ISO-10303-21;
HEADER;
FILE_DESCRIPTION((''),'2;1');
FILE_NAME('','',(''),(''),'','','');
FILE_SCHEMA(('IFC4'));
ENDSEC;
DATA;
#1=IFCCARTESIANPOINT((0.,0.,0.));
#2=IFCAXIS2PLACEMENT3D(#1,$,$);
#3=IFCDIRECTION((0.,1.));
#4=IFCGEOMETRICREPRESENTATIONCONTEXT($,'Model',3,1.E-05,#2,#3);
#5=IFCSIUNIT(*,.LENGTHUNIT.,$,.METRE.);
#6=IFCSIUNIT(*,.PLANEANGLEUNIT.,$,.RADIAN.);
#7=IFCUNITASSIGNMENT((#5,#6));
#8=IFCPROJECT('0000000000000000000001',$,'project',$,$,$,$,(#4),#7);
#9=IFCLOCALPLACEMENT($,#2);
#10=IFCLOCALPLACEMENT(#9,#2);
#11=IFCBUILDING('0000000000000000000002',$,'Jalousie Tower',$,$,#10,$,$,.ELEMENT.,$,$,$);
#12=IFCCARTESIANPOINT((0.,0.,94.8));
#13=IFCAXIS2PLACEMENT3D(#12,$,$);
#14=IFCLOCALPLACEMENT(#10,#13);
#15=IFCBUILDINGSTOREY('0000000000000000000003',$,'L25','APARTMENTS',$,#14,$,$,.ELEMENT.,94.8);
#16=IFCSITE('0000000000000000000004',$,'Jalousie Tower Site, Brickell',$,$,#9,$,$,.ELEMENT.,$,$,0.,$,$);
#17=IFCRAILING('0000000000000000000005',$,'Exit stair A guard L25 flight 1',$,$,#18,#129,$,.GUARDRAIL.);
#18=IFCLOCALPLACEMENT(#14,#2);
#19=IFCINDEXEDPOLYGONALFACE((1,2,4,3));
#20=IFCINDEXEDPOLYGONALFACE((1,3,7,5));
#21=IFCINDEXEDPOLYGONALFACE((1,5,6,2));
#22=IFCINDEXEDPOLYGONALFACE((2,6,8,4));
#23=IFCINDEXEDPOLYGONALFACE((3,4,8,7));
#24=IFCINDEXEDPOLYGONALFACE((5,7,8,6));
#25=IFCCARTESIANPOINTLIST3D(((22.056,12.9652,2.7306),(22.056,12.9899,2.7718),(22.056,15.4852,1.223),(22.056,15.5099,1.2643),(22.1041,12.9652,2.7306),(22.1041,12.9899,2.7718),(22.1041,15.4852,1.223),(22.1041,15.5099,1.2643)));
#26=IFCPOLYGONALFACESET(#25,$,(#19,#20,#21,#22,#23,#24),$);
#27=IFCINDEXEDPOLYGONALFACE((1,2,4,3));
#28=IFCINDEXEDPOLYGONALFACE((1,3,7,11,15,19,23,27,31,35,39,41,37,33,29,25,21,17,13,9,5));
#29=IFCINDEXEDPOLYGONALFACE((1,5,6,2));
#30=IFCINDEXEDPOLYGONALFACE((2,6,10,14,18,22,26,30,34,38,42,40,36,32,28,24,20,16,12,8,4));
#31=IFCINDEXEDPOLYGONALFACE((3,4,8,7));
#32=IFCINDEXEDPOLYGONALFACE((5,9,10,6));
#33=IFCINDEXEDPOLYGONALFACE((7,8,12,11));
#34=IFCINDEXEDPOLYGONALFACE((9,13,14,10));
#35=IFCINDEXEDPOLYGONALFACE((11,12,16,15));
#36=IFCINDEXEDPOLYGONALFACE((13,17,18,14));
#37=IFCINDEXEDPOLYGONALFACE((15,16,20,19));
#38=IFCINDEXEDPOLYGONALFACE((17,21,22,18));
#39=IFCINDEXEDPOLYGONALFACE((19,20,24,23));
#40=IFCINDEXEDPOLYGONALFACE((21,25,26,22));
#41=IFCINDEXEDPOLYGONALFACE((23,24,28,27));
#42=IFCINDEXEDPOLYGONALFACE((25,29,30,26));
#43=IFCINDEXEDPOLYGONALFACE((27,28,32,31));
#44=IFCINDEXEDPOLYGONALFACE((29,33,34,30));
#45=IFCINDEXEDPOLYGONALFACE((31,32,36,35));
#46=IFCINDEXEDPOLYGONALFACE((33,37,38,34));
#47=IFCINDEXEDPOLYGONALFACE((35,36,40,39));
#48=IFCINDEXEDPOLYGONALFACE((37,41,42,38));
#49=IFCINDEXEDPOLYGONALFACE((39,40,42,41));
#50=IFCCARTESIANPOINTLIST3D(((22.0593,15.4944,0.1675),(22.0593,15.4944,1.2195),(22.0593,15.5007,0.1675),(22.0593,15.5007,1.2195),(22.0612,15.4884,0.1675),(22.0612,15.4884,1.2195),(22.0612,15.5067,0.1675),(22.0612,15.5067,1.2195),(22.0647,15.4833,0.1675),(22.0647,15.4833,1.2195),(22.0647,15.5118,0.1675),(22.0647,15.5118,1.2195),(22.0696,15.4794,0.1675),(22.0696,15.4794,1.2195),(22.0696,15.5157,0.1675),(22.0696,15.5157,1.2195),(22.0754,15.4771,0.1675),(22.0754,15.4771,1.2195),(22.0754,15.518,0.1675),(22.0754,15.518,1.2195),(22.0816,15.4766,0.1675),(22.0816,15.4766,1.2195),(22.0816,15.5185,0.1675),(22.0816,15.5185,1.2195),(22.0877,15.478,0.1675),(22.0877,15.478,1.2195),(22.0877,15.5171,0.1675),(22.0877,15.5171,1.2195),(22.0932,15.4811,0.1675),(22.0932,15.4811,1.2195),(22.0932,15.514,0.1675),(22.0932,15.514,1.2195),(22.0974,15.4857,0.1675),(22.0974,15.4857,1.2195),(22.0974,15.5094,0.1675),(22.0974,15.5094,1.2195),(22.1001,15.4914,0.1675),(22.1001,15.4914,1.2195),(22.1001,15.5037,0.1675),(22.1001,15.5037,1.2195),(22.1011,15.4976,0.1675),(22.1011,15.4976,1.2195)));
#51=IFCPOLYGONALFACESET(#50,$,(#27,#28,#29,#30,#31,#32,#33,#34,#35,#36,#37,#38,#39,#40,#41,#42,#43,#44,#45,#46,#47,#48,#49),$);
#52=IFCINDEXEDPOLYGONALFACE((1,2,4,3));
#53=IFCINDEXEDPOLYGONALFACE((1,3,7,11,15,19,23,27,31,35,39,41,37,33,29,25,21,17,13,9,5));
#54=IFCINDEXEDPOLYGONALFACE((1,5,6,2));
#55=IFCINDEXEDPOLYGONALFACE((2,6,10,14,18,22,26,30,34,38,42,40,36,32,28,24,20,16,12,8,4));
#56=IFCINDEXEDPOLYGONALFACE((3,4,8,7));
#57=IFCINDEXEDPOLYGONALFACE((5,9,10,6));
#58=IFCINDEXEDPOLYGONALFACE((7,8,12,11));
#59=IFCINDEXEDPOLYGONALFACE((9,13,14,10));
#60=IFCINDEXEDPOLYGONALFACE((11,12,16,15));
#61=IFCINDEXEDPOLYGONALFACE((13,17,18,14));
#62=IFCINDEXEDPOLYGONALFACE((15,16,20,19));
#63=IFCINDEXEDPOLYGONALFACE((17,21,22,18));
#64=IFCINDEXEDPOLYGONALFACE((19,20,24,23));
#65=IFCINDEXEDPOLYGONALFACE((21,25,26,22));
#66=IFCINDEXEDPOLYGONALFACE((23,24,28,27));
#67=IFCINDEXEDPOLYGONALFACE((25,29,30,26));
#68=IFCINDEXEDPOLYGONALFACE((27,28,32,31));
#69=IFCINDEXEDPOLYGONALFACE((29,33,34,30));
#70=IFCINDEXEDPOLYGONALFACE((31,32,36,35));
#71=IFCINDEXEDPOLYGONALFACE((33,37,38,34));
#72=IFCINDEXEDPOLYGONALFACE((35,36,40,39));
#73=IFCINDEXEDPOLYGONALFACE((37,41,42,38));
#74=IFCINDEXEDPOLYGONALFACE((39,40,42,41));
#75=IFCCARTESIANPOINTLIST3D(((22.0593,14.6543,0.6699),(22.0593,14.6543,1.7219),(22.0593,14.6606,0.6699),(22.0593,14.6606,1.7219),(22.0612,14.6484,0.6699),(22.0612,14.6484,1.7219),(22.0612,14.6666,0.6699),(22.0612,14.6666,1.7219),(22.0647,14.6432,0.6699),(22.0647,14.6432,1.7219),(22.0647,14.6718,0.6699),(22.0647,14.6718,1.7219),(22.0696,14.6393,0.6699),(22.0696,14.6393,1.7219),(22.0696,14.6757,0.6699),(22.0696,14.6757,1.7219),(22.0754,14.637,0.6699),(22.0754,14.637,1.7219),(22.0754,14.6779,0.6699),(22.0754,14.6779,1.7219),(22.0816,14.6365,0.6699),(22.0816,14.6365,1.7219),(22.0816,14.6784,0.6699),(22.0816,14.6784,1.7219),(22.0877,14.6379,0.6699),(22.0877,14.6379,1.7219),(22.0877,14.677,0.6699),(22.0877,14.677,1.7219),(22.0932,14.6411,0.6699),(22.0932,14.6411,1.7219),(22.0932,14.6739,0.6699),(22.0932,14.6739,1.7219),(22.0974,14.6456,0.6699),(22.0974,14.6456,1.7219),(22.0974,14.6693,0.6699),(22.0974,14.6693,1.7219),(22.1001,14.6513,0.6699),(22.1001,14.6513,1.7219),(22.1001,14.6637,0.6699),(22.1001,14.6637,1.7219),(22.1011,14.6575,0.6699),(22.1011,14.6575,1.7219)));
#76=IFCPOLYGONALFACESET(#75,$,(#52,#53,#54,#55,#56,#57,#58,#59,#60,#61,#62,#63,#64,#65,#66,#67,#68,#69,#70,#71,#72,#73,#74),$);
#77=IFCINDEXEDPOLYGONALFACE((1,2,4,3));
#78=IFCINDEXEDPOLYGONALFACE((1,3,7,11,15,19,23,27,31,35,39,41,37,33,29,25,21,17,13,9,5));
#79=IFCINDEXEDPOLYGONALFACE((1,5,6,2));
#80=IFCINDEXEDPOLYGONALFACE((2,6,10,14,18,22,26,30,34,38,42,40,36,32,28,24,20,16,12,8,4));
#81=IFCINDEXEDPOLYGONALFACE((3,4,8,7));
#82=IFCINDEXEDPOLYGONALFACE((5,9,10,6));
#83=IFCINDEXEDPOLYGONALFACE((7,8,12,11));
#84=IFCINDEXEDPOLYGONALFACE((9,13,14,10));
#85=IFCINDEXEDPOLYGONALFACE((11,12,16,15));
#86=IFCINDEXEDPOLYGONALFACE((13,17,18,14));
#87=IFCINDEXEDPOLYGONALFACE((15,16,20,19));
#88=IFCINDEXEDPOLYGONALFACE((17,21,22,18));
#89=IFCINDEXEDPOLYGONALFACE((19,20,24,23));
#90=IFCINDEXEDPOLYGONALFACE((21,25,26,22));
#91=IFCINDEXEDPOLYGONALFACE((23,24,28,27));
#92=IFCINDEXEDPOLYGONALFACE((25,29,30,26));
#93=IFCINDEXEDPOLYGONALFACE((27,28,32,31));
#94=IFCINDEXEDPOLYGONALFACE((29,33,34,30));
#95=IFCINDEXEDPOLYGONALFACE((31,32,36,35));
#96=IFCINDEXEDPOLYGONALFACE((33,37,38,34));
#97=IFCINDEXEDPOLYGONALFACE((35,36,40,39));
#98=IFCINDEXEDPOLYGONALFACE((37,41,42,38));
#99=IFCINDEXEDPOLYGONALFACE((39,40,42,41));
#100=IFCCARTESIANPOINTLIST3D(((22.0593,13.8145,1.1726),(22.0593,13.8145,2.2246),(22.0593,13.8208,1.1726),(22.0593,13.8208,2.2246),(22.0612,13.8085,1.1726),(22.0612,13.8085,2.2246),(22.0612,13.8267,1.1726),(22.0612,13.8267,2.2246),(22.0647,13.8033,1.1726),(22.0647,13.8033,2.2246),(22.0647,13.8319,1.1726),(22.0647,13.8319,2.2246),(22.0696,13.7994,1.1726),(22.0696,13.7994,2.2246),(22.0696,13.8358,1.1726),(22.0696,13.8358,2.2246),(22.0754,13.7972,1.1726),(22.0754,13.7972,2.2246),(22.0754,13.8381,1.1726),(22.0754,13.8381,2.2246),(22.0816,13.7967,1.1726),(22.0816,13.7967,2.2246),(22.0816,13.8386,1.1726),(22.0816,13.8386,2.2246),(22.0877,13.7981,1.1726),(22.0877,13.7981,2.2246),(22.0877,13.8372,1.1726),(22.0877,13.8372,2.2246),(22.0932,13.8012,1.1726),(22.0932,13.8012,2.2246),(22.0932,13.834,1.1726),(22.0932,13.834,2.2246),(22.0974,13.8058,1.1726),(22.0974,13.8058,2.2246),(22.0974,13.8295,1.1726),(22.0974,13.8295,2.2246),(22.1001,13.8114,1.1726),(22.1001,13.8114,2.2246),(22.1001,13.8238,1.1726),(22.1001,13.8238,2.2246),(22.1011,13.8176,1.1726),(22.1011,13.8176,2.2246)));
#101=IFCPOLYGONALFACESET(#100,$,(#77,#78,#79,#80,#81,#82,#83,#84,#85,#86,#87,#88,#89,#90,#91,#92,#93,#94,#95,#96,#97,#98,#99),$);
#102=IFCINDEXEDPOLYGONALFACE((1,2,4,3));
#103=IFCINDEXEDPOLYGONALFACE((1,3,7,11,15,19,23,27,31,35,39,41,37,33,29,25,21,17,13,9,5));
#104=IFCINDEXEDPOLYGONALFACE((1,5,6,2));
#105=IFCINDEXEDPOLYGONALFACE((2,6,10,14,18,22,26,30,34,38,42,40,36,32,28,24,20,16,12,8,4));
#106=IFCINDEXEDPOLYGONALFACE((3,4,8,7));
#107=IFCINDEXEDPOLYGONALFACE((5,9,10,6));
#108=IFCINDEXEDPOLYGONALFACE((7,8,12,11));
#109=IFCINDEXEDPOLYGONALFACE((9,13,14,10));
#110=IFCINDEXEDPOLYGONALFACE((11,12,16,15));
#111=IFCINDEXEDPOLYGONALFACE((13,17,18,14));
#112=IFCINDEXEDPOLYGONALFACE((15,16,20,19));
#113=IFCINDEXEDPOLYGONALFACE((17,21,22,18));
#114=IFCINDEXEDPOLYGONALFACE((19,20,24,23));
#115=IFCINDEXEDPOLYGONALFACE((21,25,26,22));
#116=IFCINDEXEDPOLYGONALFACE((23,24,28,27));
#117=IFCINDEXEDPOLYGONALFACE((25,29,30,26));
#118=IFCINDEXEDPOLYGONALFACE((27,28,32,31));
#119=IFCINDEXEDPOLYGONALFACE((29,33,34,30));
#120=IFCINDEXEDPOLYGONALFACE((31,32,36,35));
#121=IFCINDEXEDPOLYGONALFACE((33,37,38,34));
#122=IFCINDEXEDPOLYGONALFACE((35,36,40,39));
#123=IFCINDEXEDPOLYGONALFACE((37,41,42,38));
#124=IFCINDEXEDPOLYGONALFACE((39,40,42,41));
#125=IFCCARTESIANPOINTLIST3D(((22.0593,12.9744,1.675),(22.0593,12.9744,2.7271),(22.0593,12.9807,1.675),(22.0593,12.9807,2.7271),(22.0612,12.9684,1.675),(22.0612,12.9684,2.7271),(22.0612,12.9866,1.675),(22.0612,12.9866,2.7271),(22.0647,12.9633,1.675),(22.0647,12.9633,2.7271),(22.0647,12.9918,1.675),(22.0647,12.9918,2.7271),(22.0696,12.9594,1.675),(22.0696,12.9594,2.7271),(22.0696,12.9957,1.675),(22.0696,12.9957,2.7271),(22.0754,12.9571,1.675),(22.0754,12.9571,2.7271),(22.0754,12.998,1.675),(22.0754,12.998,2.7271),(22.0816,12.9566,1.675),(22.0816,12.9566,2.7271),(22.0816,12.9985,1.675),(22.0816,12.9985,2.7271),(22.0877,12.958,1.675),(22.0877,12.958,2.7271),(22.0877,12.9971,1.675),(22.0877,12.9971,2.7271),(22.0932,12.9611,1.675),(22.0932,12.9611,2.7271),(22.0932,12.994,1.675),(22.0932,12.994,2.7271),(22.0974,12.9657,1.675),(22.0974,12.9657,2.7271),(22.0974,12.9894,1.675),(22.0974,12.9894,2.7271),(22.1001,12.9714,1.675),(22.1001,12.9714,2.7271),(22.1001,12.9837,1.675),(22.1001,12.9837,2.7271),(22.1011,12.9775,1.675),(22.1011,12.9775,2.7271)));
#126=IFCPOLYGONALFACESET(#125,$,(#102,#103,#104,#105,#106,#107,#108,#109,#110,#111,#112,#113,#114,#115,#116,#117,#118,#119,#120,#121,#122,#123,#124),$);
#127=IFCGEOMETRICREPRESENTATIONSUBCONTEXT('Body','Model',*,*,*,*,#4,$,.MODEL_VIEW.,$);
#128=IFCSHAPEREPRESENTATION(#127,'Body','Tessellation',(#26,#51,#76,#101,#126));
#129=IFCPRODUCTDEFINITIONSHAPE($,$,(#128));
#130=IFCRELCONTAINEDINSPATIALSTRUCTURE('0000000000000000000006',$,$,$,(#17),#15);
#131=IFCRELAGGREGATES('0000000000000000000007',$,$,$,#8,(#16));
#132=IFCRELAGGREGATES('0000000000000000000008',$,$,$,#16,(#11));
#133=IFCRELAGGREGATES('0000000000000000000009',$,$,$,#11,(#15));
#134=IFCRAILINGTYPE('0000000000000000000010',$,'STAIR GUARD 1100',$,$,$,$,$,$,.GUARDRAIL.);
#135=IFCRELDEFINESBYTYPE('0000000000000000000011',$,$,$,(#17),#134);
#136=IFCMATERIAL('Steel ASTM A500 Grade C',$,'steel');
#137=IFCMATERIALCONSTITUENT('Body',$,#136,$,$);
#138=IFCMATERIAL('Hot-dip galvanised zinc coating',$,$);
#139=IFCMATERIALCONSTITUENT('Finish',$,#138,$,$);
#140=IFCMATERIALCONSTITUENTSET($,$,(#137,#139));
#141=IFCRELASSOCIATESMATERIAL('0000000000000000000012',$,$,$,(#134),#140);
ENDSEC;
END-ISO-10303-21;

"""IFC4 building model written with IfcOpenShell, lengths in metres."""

from ifc_helpers import new_model, si_unit, direction, frame, origin, origin_2d, place, context, subcontext, project, spatial, rectangle, circle, extrude, material, constituent, constituent_set, type_object, element, save


model = new_model("IFC4")

# Units and contexts
model_context = context("Model", 3, precision=1e-05, world=origin(), true_north=direction((0.0, 1.0)))
body_context = subcontext(model_context, "Body", "Model", "MODEL_VIEW")
ifc_project = project(units=[si_unit("LENGTHUNIT", "METRE"), si_unit("PLANEANGLEUNIT", "RADIAN")], contexts=[model_context])

# Site, building, storey
site_placement = place(None, origin())
site = spatial("IfcSite", under=ifc_project, at=site_placement, Name="Jalousie Tower Site, Brickell", CompositionType="ELEMENT", RefElevation=0.0)
building_placement = place(site_placement, origin())
building = spatial("IfcBuilding", under=site, at=building_placement, Name="Jalousie Tower", CompositionType="ELEMENT")
storey_placement = place(building_placement, frame((0.0, 0.0, 94.8)))
storey = spatial("IfcBuildingStorey", under=building, at=storey_placement, Name="L25", Description="APARTMENTS", CompositionType="ELEMENT", Elevation=94.8)

# Railing
ifc_material_1 = material(Name="Steel ASTM A500 Grade C", Category="steel")
ifc_constituent_1 = constituent(ifc_material_1, Name="Body")
ifc_material_2 = material(Name="Hot-dip galvanised zinc coating")
ifc_constituent_2 = constituent(ifc_material_2, Name="Finish")
ifc_constituent_set_1 = constituent_set(constituents=[ifc_constituent_1, ifc_constituent_2])
railing_type_1 = type_object("IfcRailingType", Name="STAIR GUARD 1100", PredefinedType="GUARDRAIL", material=ifc_constituent_set_1)
railing_1_placement = place(storey_placement, frame((22.0801, 15.4976, 0.1675)))
element("IfcRailing", 1, at=railing_1_placement, inside=storey, type_object=railing_type_1, Name="Exit stair A guard L25 flight 1", PredefinedType="GUARDRAIL", context=body_context, shape_type="SweptSolid", body=[
    extrude(rectangle(XDim=0.0481, YDim=0.0481, at=origin_2d()), frame((0.0, 0.0, 1.0762), z_axis=(0.0, -0.85816, 0.513383), x_axis=(1.0, 0.0, 0.0)), (0.0, 0.0, 1.0), 2.9365),
    extrude(circle(Radius=0.021, at=origin_2d()), origin(), (0.0, 0.0, 1.0), 1.052),
    extrude(circle(Radius=0.021, at=origin_2d()), frame((0.0, -0.8401, 0.5024)), (0.0, 0.0, 1.0), 1.052),
    extrude(circle(Radius=0.021, at=origin_2d()), frame((0.0, -1.6799, 1.0051)), (0.0, 0.0, 1.0), 1.052),
    extrude(circle(Radius=0.021, at=origin_2d()), frame((0.0, -2.52, 1.5076)), (0.0, 0.0, 1.0), 1.052),
])

save(model, "model.ifc")
